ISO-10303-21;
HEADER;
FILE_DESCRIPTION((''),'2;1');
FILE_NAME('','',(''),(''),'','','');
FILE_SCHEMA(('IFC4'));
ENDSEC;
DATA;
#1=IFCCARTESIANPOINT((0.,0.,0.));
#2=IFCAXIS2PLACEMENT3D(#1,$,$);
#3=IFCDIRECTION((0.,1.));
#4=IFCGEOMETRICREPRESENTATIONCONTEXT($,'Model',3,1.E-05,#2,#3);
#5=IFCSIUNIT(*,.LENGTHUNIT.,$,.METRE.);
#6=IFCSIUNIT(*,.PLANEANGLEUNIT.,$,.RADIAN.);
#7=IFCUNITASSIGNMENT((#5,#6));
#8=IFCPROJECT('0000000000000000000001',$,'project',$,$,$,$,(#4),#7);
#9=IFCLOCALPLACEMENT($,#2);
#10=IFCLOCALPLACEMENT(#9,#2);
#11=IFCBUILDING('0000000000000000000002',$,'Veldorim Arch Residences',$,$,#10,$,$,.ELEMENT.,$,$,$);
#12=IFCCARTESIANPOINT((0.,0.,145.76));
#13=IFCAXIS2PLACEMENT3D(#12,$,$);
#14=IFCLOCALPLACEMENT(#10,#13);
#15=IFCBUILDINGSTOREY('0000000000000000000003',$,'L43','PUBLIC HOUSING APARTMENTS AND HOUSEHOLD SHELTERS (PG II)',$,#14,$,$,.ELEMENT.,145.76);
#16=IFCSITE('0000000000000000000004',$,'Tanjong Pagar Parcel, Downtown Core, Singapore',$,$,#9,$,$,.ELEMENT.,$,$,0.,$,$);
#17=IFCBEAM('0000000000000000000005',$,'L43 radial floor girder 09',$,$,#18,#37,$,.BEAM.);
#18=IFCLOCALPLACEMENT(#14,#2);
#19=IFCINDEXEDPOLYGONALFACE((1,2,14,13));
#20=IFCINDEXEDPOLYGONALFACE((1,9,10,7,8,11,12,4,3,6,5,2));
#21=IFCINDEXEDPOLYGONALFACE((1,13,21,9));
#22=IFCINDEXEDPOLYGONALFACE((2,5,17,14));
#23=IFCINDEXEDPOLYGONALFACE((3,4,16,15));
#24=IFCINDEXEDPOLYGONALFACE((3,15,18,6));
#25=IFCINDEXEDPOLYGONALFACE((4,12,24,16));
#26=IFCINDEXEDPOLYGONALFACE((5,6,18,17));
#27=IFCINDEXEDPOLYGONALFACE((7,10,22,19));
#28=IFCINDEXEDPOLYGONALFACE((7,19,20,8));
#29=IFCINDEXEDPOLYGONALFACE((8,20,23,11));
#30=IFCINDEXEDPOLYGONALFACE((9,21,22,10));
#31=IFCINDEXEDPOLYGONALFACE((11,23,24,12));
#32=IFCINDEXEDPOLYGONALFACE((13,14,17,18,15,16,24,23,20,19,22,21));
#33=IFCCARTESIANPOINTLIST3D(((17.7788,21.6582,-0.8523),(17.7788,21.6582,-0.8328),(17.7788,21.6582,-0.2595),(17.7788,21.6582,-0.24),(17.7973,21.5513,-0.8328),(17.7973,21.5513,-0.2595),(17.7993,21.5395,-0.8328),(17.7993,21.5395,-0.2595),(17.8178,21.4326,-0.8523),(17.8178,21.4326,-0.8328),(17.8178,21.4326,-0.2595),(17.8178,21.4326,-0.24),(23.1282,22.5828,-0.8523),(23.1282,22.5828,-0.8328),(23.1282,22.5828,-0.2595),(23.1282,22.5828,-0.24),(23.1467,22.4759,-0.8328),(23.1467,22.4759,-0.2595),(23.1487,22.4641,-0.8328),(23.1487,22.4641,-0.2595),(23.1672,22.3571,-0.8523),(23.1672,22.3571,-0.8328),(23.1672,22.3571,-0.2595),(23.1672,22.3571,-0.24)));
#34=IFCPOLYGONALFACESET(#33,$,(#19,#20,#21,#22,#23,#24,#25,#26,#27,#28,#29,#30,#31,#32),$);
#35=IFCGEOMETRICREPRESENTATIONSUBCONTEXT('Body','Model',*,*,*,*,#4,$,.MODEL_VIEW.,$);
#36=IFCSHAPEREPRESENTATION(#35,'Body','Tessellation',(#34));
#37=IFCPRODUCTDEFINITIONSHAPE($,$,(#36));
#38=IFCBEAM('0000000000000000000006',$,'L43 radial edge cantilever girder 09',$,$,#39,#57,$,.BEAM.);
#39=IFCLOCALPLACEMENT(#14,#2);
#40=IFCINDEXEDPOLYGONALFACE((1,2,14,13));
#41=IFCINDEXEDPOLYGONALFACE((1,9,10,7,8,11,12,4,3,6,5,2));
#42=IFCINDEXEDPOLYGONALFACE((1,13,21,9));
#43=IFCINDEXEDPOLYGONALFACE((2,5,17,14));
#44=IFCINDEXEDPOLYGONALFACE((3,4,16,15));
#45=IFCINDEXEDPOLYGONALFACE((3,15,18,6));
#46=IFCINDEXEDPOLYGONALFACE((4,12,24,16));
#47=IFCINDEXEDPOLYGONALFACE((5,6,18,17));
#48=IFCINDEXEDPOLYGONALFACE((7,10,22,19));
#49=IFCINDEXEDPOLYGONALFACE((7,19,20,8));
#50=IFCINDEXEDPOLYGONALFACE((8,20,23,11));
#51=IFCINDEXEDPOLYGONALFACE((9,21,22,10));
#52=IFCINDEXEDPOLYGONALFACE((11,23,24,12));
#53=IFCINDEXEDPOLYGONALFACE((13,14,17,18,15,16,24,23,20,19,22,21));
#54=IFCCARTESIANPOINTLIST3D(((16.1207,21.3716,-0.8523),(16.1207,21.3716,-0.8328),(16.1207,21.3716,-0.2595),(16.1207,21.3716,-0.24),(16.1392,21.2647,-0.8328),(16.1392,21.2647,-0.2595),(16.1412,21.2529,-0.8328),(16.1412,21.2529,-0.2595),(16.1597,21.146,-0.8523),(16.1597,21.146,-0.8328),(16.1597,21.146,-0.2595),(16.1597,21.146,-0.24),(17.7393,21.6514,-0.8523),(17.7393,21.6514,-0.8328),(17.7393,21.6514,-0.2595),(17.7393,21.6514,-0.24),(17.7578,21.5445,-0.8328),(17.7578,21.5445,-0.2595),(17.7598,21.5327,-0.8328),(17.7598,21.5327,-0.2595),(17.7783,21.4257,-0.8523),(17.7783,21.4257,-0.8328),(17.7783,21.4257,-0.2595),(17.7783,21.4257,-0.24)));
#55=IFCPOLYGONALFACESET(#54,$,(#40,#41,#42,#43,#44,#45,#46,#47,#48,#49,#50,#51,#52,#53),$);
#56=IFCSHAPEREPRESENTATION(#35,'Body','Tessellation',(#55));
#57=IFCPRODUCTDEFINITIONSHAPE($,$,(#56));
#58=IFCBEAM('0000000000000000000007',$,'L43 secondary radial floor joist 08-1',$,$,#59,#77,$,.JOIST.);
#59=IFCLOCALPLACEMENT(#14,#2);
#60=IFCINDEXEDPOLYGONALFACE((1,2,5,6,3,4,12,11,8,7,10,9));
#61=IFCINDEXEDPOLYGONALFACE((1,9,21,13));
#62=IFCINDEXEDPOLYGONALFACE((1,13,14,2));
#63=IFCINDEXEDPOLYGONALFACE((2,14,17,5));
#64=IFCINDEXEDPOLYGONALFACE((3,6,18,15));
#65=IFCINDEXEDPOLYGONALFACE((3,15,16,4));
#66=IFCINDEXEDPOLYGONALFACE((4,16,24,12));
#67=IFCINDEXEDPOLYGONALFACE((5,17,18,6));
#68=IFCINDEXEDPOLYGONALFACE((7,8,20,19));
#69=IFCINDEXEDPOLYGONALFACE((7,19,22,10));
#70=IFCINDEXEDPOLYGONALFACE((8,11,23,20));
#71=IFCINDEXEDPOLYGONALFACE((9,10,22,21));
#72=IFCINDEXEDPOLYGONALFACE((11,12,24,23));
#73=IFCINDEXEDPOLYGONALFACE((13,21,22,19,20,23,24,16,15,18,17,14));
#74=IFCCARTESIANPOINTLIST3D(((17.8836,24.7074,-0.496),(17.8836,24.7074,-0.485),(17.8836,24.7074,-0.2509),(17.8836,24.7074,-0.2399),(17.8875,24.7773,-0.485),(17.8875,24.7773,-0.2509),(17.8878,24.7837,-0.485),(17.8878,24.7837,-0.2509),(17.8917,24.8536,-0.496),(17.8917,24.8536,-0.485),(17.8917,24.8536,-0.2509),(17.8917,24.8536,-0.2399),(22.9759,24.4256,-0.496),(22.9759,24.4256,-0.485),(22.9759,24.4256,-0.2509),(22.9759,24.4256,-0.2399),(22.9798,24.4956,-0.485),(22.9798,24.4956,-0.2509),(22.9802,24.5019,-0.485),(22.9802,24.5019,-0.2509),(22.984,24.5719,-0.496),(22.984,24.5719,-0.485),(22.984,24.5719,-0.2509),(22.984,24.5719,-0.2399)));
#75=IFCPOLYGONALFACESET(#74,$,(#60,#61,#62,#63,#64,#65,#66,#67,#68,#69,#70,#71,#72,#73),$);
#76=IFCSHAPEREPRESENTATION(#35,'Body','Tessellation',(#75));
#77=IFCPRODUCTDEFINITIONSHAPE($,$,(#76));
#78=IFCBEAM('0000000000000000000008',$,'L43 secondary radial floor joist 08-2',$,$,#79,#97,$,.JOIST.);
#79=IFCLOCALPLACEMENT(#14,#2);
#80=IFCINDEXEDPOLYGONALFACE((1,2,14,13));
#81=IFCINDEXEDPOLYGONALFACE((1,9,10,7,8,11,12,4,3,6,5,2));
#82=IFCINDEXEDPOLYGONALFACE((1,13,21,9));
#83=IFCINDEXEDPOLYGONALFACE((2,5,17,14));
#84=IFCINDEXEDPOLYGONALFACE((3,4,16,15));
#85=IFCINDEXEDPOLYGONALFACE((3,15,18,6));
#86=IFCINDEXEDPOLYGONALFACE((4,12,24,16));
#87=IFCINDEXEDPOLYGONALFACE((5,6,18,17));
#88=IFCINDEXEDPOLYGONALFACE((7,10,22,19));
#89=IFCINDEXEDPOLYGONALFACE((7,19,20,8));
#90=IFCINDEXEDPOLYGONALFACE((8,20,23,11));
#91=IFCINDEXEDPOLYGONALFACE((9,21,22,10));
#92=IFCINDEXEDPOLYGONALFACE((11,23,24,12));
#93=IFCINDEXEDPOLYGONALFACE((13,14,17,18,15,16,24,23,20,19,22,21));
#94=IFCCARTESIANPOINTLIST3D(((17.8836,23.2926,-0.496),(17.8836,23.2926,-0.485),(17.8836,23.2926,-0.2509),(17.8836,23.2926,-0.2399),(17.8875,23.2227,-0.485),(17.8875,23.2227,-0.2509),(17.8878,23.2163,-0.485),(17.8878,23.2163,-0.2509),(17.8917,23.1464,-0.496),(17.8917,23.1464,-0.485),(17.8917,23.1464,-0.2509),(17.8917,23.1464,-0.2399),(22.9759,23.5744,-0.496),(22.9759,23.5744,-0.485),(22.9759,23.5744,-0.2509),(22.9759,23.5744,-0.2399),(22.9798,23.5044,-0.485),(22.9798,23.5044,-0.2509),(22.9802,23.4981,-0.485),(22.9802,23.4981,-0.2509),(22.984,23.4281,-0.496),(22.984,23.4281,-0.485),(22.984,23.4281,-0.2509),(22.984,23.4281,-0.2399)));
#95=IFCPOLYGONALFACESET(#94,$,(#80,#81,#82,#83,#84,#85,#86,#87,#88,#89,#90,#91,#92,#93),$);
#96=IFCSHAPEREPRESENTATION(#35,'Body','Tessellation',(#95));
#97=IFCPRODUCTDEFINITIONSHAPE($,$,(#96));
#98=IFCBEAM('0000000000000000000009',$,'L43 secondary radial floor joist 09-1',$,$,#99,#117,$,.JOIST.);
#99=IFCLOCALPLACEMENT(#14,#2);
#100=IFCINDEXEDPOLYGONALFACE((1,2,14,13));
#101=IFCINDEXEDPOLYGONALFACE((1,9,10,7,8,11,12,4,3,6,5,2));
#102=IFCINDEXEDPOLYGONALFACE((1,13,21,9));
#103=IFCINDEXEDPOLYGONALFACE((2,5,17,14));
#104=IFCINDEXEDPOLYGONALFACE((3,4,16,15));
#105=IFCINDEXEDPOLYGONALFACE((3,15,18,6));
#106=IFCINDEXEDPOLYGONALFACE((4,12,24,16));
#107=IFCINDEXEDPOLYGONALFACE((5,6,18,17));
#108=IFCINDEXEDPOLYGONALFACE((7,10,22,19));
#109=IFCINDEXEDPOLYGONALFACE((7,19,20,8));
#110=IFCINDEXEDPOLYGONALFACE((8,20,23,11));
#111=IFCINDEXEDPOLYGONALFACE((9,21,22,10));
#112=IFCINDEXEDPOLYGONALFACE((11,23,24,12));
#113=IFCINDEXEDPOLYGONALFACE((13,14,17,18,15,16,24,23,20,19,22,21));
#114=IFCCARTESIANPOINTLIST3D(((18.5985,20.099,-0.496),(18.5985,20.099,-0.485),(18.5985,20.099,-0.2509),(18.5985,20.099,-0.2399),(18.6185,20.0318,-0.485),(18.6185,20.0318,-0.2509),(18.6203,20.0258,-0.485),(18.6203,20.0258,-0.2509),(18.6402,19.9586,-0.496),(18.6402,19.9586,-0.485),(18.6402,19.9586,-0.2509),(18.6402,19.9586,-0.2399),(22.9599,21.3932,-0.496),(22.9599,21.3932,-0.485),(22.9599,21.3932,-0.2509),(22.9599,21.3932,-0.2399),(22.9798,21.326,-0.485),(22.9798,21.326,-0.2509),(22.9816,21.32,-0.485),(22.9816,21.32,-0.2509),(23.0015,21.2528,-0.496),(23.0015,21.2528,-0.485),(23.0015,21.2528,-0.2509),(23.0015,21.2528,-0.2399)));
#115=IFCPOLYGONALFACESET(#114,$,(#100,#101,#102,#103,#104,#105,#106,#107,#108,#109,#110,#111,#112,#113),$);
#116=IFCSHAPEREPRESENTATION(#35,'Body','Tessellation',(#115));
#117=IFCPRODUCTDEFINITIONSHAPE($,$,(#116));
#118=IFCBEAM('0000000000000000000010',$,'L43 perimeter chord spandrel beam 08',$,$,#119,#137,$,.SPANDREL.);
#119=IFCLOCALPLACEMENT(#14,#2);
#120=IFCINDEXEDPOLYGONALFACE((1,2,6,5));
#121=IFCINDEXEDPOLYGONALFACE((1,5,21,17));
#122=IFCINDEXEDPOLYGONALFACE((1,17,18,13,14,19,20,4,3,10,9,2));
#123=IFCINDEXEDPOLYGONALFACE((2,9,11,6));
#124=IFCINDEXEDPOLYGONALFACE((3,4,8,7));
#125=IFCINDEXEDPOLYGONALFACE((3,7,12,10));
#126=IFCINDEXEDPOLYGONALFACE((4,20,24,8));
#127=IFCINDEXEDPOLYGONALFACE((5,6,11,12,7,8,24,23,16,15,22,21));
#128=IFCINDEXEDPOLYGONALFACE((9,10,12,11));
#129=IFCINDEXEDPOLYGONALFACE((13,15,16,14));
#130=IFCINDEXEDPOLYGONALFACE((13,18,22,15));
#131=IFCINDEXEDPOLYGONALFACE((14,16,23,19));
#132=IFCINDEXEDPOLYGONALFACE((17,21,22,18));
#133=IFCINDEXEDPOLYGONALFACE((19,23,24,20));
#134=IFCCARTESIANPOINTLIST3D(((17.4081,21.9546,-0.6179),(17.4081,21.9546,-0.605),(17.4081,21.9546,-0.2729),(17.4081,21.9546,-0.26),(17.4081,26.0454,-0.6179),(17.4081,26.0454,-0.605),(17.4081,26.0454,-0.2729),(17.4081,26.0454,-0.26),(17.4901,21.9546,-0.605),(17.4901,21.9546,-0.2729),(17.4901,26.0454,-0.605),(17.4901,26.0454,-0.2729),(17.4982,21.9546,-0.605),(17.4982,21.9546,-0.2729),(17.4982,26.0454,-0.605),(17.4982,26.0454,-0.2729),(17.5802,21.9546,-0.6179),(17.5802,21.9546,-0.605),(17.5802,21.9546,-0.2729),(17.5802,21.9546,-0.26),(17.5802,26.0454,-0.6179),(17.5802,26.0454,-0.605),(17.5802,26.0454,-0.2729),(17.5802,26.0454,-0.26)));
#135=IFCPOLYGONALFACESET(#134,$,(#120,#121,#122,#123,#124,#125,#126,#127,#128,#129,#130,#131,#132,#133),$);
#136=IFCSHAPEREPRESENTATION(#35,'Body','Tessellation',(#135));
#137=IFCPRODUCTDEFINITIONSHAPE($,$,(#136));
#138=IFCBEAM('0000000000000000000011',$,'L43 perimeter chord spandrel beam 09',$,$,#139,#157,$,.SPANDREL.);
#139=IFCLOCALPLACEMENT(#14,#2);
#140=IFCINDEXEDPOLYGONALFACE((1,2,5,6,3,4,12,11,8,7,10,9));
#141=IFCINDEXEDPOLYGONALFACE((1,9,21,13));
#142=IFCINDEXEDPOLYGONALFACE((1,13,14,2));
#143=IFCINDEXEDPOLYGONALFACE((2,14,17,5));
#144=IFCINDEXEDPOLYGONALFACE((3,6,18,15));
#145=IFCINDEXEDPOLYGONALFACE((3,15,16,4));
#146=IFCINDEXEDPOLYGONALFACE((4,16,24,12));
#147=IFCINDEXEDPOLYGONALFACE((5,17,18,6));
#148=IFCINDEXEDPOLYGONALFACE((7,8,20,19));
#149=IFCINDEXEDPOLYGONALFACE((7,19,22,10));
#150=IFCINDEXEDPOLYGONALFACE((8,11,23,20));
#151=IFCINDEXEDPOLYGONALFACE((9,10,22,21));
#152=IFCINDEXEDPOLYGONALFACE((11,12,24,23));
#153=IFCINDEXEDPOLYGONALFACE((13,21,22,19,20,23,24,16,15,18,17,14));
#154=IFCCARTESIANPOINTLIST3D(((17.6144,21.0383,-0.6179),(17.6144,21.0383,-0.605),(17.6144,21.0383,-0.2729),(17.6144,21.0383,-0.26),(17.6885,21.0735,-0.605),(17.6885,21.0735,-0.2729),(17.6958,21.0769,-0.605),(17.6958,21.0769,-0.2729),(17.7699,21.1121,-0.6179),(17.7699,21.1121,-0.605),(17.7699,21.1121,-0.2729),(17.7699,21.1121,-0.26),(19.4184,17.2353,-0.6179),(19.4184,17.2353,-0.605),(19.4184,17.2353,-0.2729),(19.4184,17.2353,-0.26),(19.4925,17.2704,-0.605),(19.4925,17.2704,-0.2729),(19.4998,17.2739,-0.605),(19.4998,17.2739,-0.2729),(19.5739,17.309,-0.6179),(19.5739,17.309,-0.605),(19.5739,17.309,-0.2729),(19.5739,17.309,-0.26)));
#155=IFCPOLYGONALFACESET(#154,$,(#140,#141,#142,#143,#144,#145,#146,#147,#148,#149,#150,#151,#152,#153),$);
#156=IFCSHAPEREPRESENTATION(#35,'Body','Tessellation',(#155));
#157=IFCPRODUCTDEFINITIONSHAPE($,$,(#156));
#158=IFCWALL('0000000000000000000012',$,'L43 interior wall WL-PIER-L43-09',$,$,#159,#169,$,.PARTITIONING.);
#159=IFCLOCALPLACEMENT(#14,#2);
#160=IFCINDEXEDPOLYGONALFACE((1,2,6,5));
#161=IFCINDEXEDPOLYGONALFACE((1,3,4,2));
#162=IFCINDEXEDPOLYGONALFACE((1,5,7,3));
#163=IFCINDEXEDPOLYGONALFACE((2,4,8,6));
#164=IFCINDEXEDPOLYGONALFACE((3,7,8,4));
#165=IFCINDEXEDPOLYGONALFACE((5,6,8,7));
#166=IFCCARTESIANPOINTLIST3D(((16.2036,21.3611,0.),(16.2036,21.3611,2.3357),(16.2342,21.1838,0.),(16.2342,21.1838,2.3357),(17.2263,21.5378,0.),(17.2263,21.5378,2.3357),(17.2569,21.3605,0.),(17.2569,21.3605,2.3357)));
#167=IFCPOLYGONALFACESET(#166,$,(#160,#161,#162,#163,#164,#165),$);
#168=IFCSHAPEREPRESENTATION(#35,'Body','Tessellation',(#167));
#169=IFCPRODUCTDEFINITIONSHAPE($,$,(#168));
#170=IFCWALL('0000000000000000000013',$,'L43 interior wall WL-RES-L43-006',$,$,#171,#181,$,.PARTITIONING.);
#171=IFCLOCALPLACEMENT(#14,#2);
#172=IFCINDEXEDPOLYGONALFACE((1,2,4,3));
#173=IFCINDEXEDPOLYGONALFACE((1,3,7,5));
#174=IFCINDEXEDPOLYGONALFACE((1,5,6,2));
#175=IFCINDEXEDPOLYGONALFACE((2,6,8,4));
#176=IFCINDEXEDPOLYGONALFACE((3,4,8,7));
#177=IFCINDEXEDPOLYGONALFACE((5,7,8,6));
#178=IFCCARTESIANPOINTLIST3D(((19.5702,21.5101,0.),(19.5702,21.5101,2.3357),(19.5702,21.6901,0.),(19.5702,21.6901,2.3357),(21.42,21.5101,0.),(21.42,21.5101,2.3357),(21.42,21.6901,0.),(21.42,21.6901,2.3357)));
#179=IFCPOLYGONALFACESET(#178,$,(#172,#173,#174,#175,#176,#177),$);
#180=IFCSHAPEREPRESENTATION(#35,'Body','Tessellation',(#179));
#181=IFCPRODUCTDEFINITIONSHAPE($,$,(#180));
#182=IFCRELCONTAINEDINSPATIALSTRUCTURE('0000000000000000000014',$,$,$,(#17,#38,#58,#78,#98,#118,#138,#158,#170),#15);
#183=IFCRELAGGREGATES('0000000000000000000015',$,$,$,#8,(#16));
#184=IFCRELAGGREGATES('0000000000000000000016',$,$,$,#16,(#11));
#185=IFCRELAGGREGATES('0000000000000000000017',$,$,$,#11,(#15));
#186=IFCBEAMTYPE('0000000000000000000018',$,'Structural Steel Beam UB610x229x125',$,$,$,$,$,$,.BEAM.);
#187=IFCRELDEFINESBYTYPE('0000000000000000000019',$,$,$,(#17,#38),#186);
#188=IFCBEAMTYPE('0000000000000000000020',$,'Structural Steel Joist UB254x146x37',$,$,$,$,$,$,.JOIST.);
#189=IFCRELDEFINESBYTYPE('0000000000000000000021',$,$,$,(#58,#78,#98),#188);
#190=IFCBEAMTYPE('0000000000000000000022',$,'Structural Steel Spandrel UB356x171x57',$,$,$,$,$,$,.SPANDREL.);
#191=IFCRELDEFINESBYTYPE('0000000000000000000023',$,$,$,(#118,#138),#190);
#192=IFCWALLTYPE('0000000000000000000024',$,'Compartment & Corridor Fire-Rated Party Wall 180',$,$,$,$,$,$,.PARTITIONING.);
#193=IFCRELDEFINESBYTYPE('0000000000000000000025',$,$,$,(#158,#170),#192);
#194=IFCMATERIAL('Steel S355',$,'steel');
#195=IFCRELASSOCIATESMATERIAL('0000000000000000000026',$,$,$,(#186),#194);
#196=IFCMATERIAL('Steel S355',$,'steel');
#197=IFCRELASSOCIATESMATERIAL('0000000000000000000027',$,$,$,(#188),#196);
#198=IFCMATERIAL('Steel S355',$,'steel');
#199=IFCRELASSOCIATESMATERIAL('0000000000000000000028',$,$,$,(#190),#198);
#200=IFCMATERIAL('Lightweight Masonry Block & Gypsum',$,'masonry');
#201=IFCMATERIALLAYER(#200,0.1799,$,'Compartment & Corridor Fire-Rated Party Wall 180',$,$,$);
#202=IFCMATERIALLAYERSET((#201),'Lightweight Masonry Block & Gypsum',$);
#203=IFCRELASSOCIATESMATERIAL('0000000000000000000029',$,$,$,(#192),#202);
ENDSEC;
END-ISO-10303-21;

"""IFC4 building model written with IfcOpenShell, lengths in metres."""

from ifc_helpers import new_model, si_unit, direction, frame, frame_2d, origin, origin_2d, place, context, subcontext, project, spatial, rectangle, i_section, extrude, material, layer, layer_set, material_profile, profile_set, type_object, element, save


model = new_model("IFC4")

# Units and contexts
model_context = context("Model", 3, precision=1e-05, world=origin(), true_north=direction((0.0, 1.0)))
body_context = subcontext(model_context, "Body", "Model", "MODEL_VIEW")
ifc_project = project(units=[si_unit("LENGTHUNIT", "METRE"), si_unit("PLANEANGLEUNIT", "RADIAN")], contexts=[model_context])

# Site, building, storey
site_placement = place(None, origin())
site = spatial("IfcSite", under=ifc_project, at=site_placement, Name="Tanjong Pagar Parcel, Downtown Core, Singapore", CompositionType="ELEMENT", RefElevation=0.0)
building_placement = place(site_placement, origin())
building = spatial("IfcBuilding", under=site, at=building_placement, Name="Veldorim Arch Residences", CompositionType="ELEMENT")
storey_placement = place(building_placement, frame((0.0, 0.0, 145.76)))
storey = spatial("IfcBuildingStorey", under=building, at=storey_placement, Name="L43", Description="PUBLIC HOUSING APARTMENTS AND HOUSEHOLD SHELTERS (PG II)", CompositionType="ELEMENT", Elevation=145.76)

# Beams
ifc_material_1 = material(Name="Steel S355", Category="steel")
ifc_material_profile_1 = material_profile(ifc_material_1, i_section(OverallWidth=0.229, OverallDepth=0.6123, WebThickness=0.012, FlangeThickness=0.0195, at=origin_2d()), Name="UB610x229x125")
ifc_profile_set_1 = profile_set([ifc_material_profile_1], Name="Steel S355")
beam_type_1 = type_object("IfcBeamType", Name="Structural Steel Beam UB610x229x125", PredefinedType="BEAM", material=ifc_profile_set_1)
beam_1_placement = place(storey_placement, frame((23.1477, 22.47, -0.5461), z_axis=(-0.98539, -0.170311, 0.0), x_axis=(0.170311, -0.98539, 0.0)))
element("IfcBeam", 1, at=beam_1_placement, inside=storey, type_object=beam_type_1, Name="L43 radial floor girder 09", PredefinedType="BEAM", context=body_context, shape_type="SweptSolid", body=[
    extrude(i_section(OverallWidth=0.229, OverallDepth=0.6123, WebThickness=0.012, FlangeThickness=0.0195, at=origin_2d()), origin(), (0.0, 0.0, 1.0), 5.4287),
])
beam_2_placement = place(storey_placement, frame((17.7588, 21.5386, -0.5461), z_axis=(-0.985388, -0.170325, 0.0), x_axis=(0.170325, -0.985388, 0.0)))
element("IfcBeam", 2, at=beam_2_placement, inside=storey, type_object=beam_type_1, Name="L43 radial edge cantilever girder 09", PredefinedType="BEAM", context=body_context, shape_type="SweptSolid", body=[
    extrude(i_section(OverallWidth=0.229, OverallDepth=0.6123, WebThickness=0.012, FlangeThickness=0.0195, at=origin_2d()), origin(), (0.0, 0.0, 1.0), 1.6426),
])
ifc_material_2 = material(Name="Steel S355", Category="steel")
ifc_material_profile_2 = material_profile(ifc_material_2, i_section(OverallWidth=0.1465, OverallDepth=0.2561, WebThickness=0.0063, FlangeThickness=0.011, at=origin_2d()), Name="UB254x146x37")
ifc_profile_set_2 = profile_set([ifc_material_profile_2], Name="Steel S355")
beam_type_2 = type_object("IfcBeamType", Name="Structural Steel Joist UB254x146x37", PredefinedType="JOIST", material=ifc_profile_set_2)
for number, where, z_axis, x_axis, name in (
    (3, (22.98, 24.4988, -0.3679), (-0.998473, 0.055242, 0.0), (-0.055242, -0.998473, 0.0), "L43 secondary radial floor joist 08-1"),
    (4, (22.98, 23.5012, -0.3679), (-0.998473, -0.055242, 0.0), (0.055242, -0.998473, 0.0), "L43 secondary radial floor joist 08-2"),
):
    element("IfcBeam", number, at=place(storey_placement, frame(where, z_axis=z_axis, x_axis=x_axis)), inside=storey, type_object=beam_type_2, Name=name, PredefinedType="JOIST", context=body_context, shape_type="SweptSolid", body=[
        extrude(i_section(OverallWidth=0.1465, OverallDepth=0.2561, WebThickness=0.0063, FlangeThickness=0.011, at=origin_2d()), origin(), (0.0, 0.0, 1.0), 5.1001),
    ])
beam_3_placement = place(storey_placement, frame((22.9807, 21.323, -0.3679), z_axis=(-0.958682, -0.284481, 0.0), x_axis=(0.284481, -0.958682, 0.0)))
element("IfcBeam", 5, at=beam_3_placement, inside=storey, type_object=beam_type_2, Name="L43 secondary radial floor joist 09-1", PredefinedType="JOIST", context=body_context, shape_type="SweptSolid", body=[
    extrude(i_section(OverallWidth=0.1465, OverallDepth=0.2561, WebThickness=0.0063, FlangeThickness=0.011, at=origin_2d()), origin(), (0.0, 0.0, 1.0), 4.5493),
])
ifc_material_3 = material(Name="Steel S355", Category="steel")
ifc_material_profile_3 = material_profile(ifc_material_3, i_section(OverallWidth=0.1721, OverallDepth=0.3579, WebThickness=0.0081, FlangeThickness=0.0129, at=origin_2d()), Name="UB356x171x57")
ifc_profile_set_3 = profile_set([ifc_material_profile_3], Name="Steel S355")
beam_type_3 = type_object("IfcBeamType", Name="Structural Steel Spandrel UB356x171x57", PredefinedType="SPANDREL", material=ifc_profile_set_3)
beam_4_placement = place(storey_placement, frame((17.4941, 26.0454, -0.439), z_axis=(0.0, -1.0, 0.0), x_axis=(1.0, 0.0, 0.0)))
element("IfcBeam", 6, at=beam_4_placement, inside=storey, type_object=beam_type_3, Name="L43 perimeter chord spandrel beam 08", PredefinedType="SPANDREL", context=body_context, shape_type="SweptSolid", body=[
    extrude(i_section(OverallWidth=0.1721, OverallDepth=0.3579, WebThickness=0.0081, FlangeThickness=0.0129, at=origin_2d()), origin(), (0.0, 0.0, 1.0), 4.0908),
])
beam_5_placement = place(storey_placement, frame((17.6921, 21.0752, -0.439), z_axis=(0.42858, -0.903504, 0.0), x_axis=(0.903504, 0.42858, 0.0)))
element("IfcBeam", 7, at=beam_5_placement, inside=storey, type_object=beam_type_3, Name="L43 perimeter chord spandrel beam 09", PredefinedType="SPANDREL", context=body_context, shape_type="SweptSolid", body=[
    extrude(i_section(OverallWidth=0.1721, OverallDepth=0.3579, WebThickness=0.0081, FlangeThickness=0.0129, at=origin_2d()), origin(), (0.0, 0.0, 1.0), 4.2092),
])

# Walls
ifc_material_4 = material(Name="Lightweight Masonry Block & Gypsum", Category="masonry")
ifc_layer_1 = layer(ifc_material_4, 0.1799, Name="Compartment & Corridor Fire-Rated Party Wall 180")
ifc_layer_set_1 = layer_set([ifc_layer_1], Name="Lightweight Masonry Block & Gypsum")
wall_type_1 = type_object("IfcWallType", Name="Compartment & Corridor Fire-Rated Party Wall 180", PredefinedType="PARTITIONING", material=ifc_layer_set_1)
wall_1_placement = place(storey_placement, frame((17.2417, 21.4492, 0.0), z_axis=(0.0, 0.0, 1.0), x_axis=(-0.985391, -0.170309, 0.0)))
element("IfcWall", 8, at=wall_1_placement, inside=storey, type_object=wall_type_1, Name="L43 interior wall WL-PIER-L43-09", PredefinedType="PARTITIONING", context=body_context, shape_type="SweptSolid", body=[
    extrude(rectangle(XDim=1.0378, YDim=0.1799, at=frame_2d((0.519, 0.0))), origin(), (0.0, 0.0, 1.0), 2.3357),
])
wall_2_placement = place(storey_placement, frame((21.4199, 21.6001, 0.0), z_axis=(0.0, 0.0, 1.0), x_axis=(-1.0, 0.0, 0.0)))
element("IfcWall", 9, at=wall_2_placement, inside=storey, type_object=wall_type_1, Name="L43 interior wall WL-RES-L43-006", PredefinedType="PARTITIONING", context=body_context, shape_type="SweptSolid", body=[
    extrude(rectangle(XDim=1.8499, YDim=0.1799, at=frame_2d((0.9248, 0.0))), origin(), (0.0, 0.0, 1.0), 2.3357),
])

save(model, "model.ifc")
